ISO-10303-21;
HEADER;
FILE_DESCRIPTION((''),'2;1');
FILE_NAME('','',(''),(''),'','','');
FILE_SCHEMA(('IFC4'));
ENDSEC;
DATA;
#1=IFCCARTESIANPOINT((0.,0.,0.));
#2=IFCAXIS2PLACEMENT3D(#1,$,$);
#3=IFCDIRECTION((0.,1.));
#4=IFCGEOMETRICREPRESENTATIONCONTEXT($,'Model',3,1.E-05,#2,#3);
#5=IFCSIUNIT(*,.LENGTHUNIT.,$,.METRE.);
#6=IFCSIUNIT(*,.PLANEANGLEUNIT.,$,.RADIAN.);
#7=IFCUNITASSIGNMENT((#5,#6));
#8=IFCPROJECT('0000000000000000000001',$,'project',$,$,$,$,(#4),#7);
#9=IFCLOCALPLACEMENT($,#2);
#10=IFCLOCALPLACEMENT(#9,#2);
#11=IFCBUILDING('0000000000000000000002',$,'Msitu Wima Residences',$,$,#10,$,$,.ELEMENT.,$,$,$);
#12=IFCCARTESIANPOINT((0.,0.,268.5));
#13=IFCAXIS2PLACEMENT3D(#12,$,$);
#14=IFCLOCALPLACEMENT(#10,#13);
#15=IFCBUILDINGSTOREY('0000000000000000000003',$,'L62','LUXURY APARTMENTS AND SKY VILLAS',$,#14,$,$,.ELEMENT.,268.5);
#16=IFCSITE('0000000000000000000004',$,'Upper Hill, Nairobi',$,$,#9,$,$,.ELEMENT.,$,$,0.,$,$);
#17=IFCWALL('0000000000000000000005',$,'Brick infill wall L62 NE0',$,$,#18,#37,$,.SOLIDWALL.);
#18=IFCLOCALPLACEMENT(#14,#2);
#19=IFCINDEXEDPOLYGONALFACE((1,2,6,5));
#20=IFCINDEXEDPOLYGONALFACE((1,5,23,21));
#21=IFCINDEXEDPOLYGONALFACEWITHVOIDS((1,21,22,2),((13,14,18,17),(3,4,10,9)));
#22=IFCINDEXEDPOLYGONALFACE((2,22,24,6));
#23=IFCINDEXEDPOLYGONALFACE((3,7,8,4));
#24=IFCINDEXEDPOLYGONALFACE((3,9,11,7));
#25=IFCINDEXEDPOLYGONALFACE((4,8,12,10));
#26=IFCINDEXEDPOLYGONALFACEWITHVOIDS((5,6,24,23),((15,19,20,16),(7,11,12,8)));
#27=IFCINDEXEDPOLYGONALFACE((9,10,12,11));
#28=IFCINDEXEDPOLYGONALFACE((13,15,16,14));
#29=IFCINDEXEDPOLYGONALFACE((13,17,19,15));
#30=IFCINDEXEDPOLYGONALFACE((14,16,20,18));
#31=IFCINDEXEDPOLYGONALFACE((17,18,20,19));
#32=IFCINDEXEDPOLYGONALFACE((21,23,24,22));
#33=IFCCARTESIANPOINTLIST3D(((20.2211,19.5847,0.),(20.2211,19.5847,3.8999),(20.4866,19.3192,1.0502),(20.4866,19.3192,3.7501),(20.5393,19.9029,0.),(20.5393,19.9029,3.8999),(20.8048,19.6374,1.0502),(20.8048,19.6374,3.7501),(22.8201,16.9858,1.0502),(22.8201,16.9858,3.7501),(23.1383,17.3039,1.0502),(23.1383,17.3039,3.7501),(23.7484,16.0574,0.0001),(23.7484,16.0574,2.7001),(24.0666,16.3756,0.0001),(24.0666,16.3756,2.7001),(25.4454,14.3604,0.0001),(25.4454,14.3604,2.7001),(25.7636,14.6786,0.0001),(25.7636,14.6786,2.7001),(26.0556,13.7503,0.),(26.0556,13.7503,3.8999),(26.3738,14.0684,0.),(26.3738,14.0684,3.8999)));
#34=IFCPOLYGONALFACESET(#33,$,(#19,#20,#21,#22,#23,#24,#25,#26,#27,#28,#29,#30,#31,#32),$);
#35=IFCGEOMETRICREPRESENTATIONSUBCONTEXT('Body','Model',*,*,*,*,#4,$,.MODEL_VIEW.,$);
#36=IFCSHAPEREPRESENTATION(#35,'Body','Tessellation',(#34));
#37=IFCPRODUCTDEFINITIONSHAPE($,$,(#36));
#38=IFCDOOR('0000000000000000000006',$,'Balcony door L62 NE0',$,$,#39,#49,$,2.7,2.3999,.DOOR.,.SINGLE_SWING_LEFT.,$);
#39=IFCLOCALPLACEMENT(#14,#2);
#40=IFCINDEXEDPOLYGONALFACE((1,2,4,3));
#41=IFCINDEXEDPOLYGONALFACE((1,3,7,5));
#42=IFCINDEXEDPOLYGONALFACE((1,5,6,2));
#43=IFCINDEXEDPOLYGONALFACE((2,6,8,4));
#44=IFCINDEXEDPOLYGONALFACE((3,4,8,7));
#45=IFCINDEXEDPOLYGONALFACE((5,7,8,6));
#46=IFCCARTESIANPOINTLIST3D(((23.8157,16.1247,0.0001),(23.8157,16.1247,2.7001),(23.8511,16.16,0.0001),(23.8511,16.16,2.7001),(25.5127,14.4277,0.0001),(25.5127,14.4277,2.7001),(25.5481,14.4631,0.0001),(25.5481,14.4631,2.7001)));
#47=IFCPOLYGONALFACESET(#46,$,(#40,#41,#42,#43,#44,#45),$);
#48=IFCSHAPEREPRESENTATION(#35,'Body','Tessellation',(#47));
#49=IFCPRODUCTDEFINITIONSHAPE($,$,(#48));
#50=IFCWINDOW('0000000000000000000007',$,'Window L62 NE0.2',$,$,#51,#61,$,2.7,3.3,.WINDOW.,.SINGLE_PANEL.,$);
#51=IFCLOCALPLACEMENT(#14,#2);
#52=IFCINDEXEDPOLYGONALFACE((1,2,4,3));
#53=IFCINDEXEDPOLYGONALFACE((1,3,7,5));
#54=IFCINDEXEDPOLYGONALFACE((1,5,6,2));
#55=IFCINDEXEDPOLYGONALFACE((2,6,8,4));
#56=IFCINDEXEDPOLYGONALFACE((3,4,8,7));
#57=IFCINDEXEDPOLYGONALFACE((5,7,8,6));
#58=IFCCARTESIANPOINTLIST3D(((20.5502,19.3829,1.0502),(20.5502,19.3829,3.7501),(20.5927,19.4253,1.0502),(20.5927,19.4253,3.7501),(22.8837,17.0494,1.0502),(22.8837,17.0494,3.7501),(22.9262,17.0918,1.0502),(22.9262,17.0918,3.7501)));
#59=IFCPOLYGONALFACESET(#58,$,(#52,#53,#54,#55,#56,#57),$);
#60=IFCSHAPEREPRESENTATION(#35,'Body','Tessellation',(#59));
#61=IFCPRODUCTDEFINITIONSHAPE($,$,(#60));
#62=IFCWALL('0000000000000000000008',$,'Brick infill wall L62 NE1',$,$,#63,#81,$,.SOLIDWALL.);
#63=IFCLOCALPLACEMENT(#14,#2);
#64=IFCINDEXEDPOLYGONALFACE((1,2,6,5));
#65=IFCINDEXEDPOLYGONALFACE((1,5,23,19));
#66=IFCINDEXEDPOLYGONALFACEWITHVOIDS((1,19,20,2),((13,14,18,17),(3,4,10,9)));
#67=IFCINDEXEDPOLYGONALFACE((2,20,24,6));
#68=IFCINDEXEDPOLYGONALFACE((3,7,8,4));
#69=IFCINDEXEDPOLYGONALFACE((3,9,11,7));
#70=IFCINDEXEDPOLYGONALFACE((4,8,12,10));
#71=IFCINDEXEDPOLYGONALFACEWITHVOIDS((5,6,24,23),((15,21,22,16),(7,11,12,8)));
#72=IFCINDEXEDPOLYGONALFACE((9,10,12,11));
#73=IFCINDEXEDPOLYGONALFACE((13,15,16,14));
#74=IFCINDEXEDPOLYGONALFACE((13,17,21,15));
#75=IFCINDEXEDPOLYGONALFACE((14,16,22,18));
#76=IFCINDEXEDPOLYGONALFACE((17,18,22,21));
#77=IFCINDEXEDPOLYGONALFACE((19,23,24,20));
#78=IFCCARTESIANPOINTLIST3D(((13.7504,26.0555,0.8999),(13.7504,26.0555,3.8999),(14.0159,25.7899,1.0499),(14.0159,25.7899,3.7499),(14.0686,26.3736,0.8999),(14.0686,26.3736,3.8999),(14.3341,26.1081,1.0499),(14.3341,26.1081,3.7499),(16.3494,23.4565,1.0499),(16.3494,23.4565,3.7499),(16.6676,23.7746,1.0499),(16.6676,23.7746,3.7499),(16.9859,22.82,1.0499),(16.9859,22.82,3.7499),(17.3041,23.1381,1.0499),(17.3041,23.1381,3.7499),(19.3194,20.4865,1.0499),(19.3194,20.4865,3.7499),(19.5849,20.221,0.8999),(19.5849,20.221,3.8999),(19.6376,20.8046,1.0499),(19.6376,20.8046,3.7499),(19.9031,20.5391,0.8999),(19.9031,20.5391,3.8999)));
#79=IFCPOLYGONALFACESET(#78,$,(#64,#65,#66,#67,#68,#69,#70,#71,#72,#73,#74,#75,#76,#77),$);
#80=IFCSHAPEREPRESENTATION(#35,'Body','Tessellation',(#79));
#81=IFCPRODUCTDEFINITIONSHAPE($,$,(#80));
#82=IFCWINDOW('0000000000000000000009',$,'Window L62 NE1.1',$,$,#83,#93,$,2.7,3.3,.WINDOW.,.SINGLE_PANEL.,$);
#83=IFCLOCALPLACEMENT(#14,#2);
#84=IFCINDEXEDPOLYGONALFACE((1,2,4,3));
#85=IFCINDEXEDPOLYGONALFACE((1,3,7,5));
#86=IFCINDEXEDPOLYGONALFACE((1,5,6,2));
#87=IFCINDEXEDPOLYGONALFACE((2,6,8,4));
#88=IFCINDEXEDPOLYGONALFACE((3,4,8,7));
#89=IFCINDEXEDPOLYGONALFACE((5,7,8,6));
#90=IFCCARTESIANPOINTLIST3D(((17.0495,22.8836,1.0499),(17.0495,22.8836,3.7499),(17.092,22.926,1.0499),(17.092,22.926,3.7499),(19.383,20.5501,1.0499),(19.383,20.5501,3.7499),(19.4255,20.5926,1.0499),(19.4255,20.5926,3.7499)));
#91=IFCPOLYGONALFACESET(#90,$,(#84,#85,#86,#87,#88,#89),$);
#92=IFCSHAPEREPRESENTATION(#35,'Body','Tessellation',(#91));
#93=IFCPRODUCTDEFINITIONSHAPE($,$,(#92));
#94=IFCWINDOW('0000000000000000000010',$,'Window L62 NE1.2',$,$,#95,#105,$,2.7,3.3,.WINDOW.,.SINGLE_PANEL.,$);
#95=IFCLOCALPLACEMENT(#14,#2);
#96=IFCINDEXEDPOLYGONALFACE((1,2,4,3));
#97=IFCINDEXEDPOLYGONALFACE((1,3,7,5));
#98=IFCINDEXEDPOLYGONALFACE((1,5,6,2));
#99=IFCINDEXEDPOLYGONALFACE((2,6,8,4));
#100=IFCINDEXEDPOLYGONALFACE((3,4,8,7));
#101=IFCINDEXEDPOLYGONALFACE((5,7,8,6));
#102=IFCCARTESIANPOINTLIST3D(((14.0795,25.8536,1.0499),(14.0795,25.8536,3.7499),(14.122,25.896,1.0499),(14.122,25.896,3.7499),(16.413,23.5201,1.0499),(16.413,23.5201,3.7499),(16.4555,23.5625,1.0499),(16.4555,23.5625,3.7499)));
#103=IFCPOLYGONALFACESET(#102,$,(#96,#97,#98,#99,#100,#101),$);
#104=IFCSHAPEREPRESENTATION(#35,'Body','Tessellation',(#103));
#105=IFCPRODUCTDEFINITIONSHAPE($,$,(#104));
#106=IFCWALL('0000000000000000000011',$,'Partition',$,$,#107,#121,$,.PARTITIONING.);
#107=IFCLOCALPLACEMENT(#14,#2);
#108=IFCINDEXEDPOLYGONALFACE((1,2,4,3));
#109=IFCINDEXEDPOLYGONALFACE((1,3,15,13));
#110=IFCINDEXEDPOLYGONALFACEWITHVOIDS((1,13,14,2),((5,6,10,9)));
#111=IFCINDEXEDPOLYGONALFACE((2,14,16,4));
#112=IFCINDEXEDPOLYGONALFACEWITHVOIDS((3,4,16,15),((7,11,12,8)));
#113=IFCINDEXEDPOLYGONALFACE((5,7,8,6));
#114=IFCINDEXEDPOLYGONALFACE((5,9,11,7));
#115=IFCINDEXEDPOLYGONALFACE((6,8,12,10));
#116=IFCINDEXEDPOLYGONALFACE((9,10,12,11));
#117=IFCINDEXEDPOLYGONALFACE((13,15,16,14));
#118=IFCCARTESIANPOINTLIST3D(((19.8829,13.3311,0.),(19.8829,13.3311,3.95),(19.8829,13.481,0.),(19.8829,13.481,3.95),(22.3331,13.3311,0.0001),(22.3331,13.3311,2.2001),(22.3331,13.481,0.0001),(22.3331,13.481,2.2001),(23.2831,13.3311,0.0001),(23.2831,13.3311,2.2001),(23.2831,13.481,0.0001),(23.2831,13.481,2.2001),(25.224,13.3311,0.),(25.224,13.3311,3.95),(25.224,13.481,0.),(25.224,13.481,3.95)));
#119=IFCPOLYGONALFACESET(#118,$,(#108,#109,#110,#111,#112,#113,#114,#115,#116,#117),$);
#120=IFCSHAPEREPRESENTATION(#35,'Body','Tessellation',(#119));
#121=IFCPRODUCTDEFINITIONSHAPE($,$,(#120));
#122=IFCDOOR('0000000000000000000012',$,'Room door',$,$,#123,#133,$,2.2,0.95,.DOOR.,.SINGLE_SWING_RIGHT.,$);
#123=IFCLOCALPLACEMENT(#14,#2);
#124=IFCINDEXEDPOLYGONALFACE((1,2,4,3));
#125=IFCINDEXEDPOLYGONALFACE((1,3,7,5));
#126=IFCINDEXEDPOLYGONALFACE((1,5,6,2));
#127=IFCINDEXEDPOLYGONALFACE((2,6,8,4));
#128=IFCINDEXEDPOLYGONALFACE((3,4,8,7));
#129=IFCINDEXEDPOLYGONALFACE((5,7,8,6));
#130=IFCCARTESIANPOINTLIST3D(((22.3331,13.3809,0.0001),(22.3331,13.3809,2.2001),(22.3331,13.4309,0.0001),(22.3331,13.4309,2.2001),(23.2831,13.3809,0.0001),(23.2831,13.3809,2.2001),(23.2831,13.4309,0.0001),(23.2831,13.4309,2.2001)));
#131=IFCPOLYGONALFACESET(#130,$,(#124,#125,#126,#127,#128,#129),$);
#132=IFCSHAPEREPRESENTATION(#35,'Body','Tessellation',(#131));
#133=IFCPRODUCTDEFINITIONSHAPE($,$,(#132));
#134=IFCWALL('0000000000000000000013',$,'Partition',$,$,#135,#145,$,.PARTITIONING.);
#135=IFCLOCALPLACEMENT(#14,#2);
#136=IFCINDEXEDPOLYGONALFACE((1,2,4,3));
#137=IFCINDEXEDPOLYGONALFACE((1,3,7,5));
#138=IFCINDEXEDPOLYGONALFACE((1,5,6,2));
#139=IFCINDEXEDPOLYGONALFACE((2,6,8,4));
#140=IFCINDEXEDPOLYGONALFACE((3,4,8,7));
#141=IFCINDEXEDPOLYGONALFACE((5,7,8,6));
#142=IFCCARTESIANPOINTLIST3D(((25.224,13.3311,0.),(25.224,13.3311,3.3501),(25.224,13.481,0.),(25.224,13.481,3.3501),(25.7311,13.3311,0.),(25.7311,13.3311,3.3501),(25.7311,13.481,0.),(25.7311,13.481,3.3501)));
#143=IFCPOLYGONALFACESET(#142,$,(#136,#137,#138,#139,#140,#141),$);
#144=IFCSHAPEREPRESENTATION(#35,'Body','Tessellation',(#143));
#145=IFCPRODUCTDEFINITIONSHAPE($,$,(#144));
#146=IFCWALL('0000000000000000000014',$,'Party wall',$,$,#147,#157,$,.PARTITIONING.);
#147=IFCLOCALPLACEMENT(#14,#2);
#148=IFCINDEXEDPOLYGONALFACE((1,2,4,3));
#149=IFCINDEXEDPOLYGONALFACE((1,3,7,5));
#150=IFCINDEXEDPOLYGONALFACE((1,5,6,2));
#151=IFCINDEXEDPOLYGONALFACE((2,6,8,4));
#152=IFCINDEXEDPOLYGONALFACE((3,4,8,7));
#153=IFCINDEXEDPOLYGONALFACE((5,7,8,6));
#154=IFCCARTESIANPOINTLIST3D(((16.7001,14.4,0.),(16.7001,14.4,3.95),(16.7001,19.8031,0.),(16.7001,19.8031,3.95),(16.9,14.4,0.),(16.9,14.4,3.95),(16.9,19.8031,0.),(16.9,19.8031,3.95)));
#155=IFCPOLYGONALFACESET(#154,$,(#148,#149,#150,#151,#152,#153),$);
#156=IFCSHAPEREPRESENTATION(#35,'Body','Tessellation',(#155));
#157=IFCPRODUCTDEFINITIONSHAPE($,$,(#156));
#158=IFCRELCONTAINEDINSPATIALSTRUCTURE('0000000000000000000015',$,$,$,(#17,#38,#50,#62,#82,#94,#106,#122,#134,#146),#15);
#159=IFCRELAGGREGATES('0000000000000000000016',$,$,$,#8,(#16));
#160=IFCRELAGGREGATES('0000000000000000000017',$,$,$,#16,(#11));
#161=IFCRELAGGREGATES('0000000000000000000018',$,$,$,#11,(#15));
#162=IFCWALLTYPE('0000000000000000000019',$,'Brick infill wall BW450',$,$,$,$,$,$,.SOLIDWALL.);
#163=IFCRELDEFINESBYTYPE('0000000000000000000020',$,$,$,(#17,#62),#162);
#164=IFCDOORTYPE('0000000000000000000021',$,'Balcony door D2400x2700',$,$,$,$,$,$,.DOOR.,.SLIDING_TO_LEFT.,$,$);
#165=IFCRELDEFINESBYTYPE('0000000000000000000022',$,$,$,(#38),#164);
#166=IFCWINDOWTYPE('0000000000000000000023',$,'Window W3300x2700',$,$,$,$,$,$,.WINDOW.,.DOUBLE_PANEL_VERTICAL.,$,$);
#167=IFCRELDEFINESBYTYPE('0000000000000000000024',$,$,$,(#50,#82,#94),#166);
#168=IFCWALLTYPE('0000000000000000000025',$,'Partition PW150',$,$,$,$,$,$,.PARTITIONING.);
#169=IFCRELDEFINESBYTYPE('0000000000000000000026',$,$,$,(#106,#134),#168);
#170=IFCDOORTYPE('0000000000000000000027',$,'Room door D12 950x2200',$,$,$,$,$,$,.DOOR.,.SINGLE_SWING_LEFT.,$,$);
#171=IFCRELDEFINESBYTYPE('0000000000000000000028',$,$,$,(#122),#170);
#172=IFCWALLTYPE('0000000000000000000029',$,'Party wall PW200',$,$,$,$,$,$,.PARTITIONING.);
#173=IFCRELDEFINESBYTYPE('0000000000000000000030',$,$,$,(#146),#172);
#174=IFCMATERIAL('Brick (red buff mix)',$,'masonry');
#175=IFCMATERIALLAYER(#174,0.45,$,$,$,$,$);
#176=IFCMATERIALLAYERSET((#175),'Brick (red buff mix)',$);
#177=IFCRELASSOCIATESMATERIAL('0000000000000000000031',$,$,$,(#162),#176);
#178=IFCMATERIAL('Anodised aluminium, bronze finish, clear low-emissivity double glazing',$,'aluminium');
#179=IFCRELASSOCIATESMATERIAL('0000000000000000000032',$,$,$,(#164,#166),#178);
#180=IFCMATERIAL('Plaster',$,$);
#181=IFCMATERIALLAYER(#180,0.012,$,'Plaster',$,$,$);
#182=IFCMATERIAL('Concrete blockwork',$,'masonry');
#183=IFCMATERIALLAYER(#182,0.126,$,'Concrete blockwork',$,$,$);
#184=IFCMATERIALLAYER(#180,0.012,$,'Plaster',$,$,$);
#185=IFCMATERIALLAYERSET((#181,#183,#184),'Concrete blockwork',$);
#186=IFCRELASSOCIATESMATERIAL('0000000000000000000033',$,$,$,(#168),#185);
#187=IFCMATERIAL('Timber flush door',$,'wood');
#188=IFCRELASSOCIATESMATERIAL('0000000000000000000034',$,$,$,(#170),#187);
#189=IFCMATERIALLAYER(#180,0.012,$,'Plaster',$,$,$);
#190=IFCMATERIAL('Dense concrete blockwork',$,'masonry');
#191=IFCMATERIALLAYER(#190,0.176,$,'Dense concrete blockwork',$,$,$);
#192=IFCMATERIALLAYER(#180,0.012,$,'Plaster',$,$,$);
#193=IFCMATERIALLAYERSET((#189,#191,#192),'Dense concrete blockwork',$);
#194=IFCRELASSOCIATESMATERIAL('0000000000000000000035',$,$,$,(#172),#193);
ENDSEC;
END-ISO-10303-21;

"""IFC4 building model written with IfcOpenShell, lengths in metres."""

from ifc_helpers import new_model, si_unit, direction, frame, frame_2d, origin, place, context, subcontext, project, spatial, rectangle, extrude, material, layer, layer_set, type_object, element, fill, save


model = new_model("IFC4")

# Units and contexts
model_context = context("Model", 3, precision=1e-05, world=origin(), true_north=direction((0.0, 1.0)))
body_context = subcontext(model_context, "Body", "Model", "MODEL_VIEW")
ifc_project = project(units=[si_unit("LENGTHUNIT", "METRE"), si_unit("PLANEANGLEUNIT", "RADIAN")], contexts=[model_context])

# Site, building, storey
site_placement = place(None, origin())
site = spatial("IfcSite", under=ifc_project, at=site_placement, Name="Upper Hill, Nairobi", CompositionType="ELEMENT", RefElevation=0.0)
building_placement = place(site_placement, origin())
building = spatial("IfcBuilding", under=site, at=building_placement, Name="Msitu Wima Residences", CompositionType="ELEMENT")
storey_placement = place(building_placement, frame((0.0, 0.0, 268.5)))
storey = spatial("IfcBuildingStorey", under=building, at=storey_placement, Name="L62", Description="LUXURY APARTMENTS AND SKY VILLAS", CompositionType="ELEMENT", Elevation=268.5)

# Wall, openings, door, window
ifc_material_1 = material(Name="Brick (red buff mix)", Category="masonry")
ifc_layer_1 = layer(ifc_material_1, 0.45)
ifc_layer_set_1 = layer_set([ifc_layer_1], Name="Brick (red buff mix)")
wall_type_1 = type_object("IfcWallType", Name="Brick infill wall BW450", PredefinedType="SOLIDWALL", material=ifc_layer_set_1)
wall_1_placement = place(storey_placement, frame((26.2146, 13.9094, 0.0), z_axis=(0.0, 0.0, 1.0), x_axis=(-0.707107, 0.707107, 0.0)))
wall_1 = element("IfcWall", 1, at=wall_1_placement, inside=storey, type_object=wall_type_1, Name="Brick infill wall L62 NE0", PredefinedType="SOLIDWALL", context=body_context, shape_type="SweptSolid", body=[
    extrude(rectangle(XDim=8.2512, YDim=0.45, at=frame_2d((4.1255, 0.0))), origin(), (0.0, 0.0, 1.0), 3.8999),
])
opening_1_placement = place(wall_1_placement, frame((0.8628, 0.0, 0.0)))
opening_1 = element("IfcOpeningElement", 2, at=opening_1_placement, cuts=wall_1, PredefinedType="OPENING", context=body_context, shape_type="SweptSolid", body=[
    extrude(rectangle(XDim=2.3999, YDim=2.7, at=frame_2d((1.2, 1.3501))), frame((0.0, 0.2349, 0.0), z_axis=(0.0, -1.0, 0.0), x_axis=(1.0, 0.0, 0.0)), (0.0, 0.0, 1.0), 0.47),
])
opening_2_placement = place(wall_1_placement, frame((4.5757, 0.0, 1.05)))
opening_2 = element("IfcOpeningElement", 3, at=opening_2_placement, cuts=wall_1, PredefinedType="OPENING", context=body_context, shape_type="SweptSolid", body=[
    extrude(rectangle(XDim=3.3, YDim=2.7, at=frame_2d((1.6499, 1.3501))), frame((0.0, 0.2349, 0.0), z_axis=(0.0, -1.0, 0.0), x_axis=(1.0, 0.0, 0.0)), (0.0, 0.0, 1.0), 0.47),
])
ifc_material_2 = material(Name="Anodised aluminium, bronze finish, clear low-emissivity double glazing", Category="aluminium")
door_type_1 = type_object("IfcDoorType", Name="Balcony door D2400x2700", OperationType="SLIDING_TO_LEFT", PredefinedType="DOOR", material=ifc_material_2)
door_1_placement = place(opening_1_placement, origin())
door_1 = element("IfcDoor", 4, at=door_1_placement, inside=storey, type_object=door_type_1, Name="Balcony door L62 NE0", OperationType="SINGLE_SWING_LEFT", OverallHeight=2.7, OverallWidth=2.3999, PredefinedType="DOOR", context=body_context, shape_type="SweptSolid", body=[
    extrude(rectangle(XDim=2.3999, YDim=2.7, at=frame_2d((1.2, 1.3501))), frame((0.0, 0.1299, 0.0), z_axis=(0.0, -1.0, 0.0), x_axis=(1.0, 0.0, 0.0)), (0.0, 0.0, 1.0), 0.05),
])
fill(opening_1, door_1)
window_type = type_object("IfcWindowType", Name="Window W3300x2700", PartitioningType="DOUBLE_PANEL_VERTICAL", PredefinedType="WINDOW", material=ifc_material_2)
window_1_placement = place(opening_2_placement, origin())
window_1 = element("IfcWindow", 5, at=window_1_placement, inside=storey, type_object=window_type, Name="Window L62 NE0.2", OverallHeight=2.7, OverallWidth=3.3, PartitioningType="SINGLE_PANEL", PredefinedType="WINDOW", context=body_context, shape_type="SweptSolid", body=[
    extrude(rectangle(XDim=3.3, YDim=2.7, at=frame_2d((1.6499, 1.3501))), frame((0.0, 0.135, 0.0), z_axis=(0.0, -1.0, 0.0), x_axis=(1.0, 0.0, 0.0)), (0.0, 0.0, 1.0), 0.0601),
])
fill(opening_2, window_1)

# Wall, openings, windows
wall_2_placement = place(storey_placement, frame((19.7439, 20.3801, 0.8999), z_axis=(0.0, 0.0, 1.0), x_axis=(-0.707107, 0.707107, 0.0)))
wall_2 = element("IfcWall", 6, at=wall_2_placement, inside=storey, type_object=wall_type_1, Name="Brick infill wall L62 NE1", PredefinedType="SOLIDWALL", context=body_context, shape_type="SweptSolid", body=[
    extrude(rectangle(XDim=8.2512, YDim=0.45, at=frame_2d((4.1255, 0.0))), origin(), (0.0, 0.0, 1.0), 3.0),
])
opening_3_placement = place(wall_2_placement, frame((0.3755, 0.0, 0.1499)))
opening_3 = element("IfcOpeningElement", 7, at=opening_3_placement, cuts=wall_2, PredefinedType="OPENING", context=body_context, shape_type="SweptSolid", body=[
    extrude(rectangle(XDim=3.3, YDim=2.7, at=frame_2d((1.6499, 1.3501))), frame((0.0, 0.2349, 0.0), z_axis=(0.0, -1.0, 0.0), x_axis=(1.0, 0.0, 0.0)), (0.0, 0.0, 1.0), 0.47),
])
opening_4_placement = place(wall_2_placement, frame((4.5757, 0.0, 0.1499)))
opening_4 = element("IfcOpeningElement", 8, at=opening_4_placement, cuts=wall_2, PredefinedType="OPENING", context=body_context, shape_type="SweptSolid", body=[
    extrude(rectangle(XDim=3.3, YDim=2.7, at=frame_2d((1.6499, 1.3501))), frame((0.0, 0.2349, 0.0), z_axis=(0.0, -1.0, 0.0), x_axis=(1.0, 0.0, 0.0)), (0.0, 0.0, 1.0), 0.47),
])
window_2_placement = place(opening_3_placement, origin())
window_2 = element("IfcWindow", 9, at=window_2_placement, inside=storey, type_object=window_type, Name="Window L62 NE1.1", OverallHeight=2.7, OverallWidth=3.3, PartitioningType="SINGLE_PANEL", PredefinedType="WINDOW", context=body_context, shape_type="SweptSolid", body=[
    extrude(rectangle(XDim=3.3, YDim=2.7, at=frame_2d((1.6499, 1.3501))), frame((0.0, 0.135, 0.0), z_axis=(0.0, -1.0, 0.0), x_axis=(1.0, 0.0, 0.0)), (0.0, 0.0, 1.0), 0.0601),
])
fill(opening_3, window_2)
window_3_placement = place(opening_4_placement, origin())
window_3 = element("IfcWindow", 10, at=window_3_placement, inside=storey, type_object=window_type, Name="Window L62 NE1.2", OverallHeight=2.7, OverallWidth=3.3, PartitioningType="SINGLE_PANEL", PredefinedType="WINDOW", context=body_context, shape_type="SweptSolid", body=[
    extrude(rectangle(XDim=3.3, YDim=2.7, at=frame_2d((1.6499, 1.3501))), frame((0.0, 0.135, 0.0), z_axis=(0.0, -1.0, 0.0), x_axis=(1.0, 0.0, 0.0)), (0.0, 0.0, 1.0), 0.0601),
])
fill(opening_4, window_3)

# Wall, opening, door
ifc_material_3 = material(Name="Plaster")
ifc_layer_2 = layer(ifc_material_3, 0.012, Name="Plaster")
ifc_material_4 = material(Name="Concrete blockwork", Category="masonry")
ifc_layer_3 = layer(ifc_material_4, 0.126, Name="Concrete blockwork")
ifc_layer_4 = layer(ifc_material_3, 0.012, Name="Plaster")
ifc_layer_set_2 = layer_set([ifc_layer_2, ifc_layer_3, ifc_layer_4], Name="Concrete blockwork")
wall_type_2 = type_object("IfcWallType", Name="Partition PW150", PredefinedType="PARTITIONING", material=ifc_layer_set_2)
wall_3_placement = place(storey_placement, frame((19.8831, 13.406, 0.0), z_axis=(0.0, 0.0, 1.0), x_axis=(1.0, 0.0, 0.0)))
wall_3 = element("IfcWall", 11, at=wall_3_placement, inside=storey, type_object=wall_type_2, Name="Partition", PredefinedType="PARTITIONING", context=body_context, shape_type="SweptSolid", body=[
    extrude(rectangle(XDim=5.3411, YDim=0.1499, at=frame_2d((2.6704, 0.0))), origin(), (0.0, 0.0, 1.0), 3.95),
])
opening_5_placement = place(wall_3_placement, frame((2.45, 0.0, 0.0)))
opening_5 = element("IfcOpeningElement", 12, at=opening_5_placement, cuts=wall_3, PredefinedType="OPENING", context=body_context, shape_type="SweptSolid", body=[
    extrude(rectangle(XDim=0.95, YDim=2.2, at=frame_2d((0.4751, 1.1001))), frame((0.0, 0.085, 0.0), z_axis=(0.0, -1.0, 0.0), x_axis=(1.0, 0.0, 0.0)), (0.0, 0.0, 1.0), 0.1699),
])
ifc_material_5 = material(Name="Timber flush door", Category="wood")
door_type_2 = type_object("IfcDoorType", Name="Room door D12 950x2200", OperationType="SINGLE_SWING_LEFT", PredefinedType="DOOR", material=ifc_material_5)
door_2_placement = place(opening_5_placement, origin())
door_2 = element("IfcDoor", 13, at=door_2_placement, inside=storey, type_object=door_type_2, Name="Room door", OperationType="SINGLE_SWING_RIGHT", OverallHeight=2.2, OverallWidth=0.95, PredefinedType="DOOR", context=body_context, shape_type="SweptSolid", body=[
    extrude(rectangle(XDim=0.95, YDim=2.2, at=frame_2d((0.4751, 1.1001))), frame((0.0, 0.0249, 0.0), z_axis=(0.0, -1.0, 0.0), x_axis=(1.0, 0.0, 0.0)), (0.0, 0.0, 1.0), 0.05),
])
fill(opening_5, door_2)

# Walls
wall_4_placement = place(storey_placement, frame((25.2241, 13.406, 0.0), z_axis=(0.0, 0.0, 1.0), x_axis=(1.0, 0.0, 0.0)))
element("IfcWall", 14, at=wall_4_placement, inside=storey, type_object=wall_type_2, Name="Partition", PredefinedType="PARTITIONING", context=body_context, shape_type="SweptSolid", body=[
    extrude(rectangle(XDim=0.5071, YDim=0.1499, at=frame_2d((0.2534, 0.0))), origin(), (0.0, 0.0, 1.0), 3.3501),
])
ifc_layer_5 = layer(ifc_material_3, 0.012, Name="Plaster")
ifc_material_6 = material(Name="Dense concrete blockwork", Category="masonry")
ifc_layer_6 = layer(ifc_material_6, 0.176, Name="Dense concrete blockwork")
ifc_layer_7 = layer(ifc_material_3, 0.012, Name="Plaster")
ifc_layer_set_3 = layer_set([ifc_layer_5, ifc_layer_6, ifc_layer_7], Name="Dense concrete blockwork")
wall_type_3 = type_object("IfcWallType", Name="Party wall PW200", PredefinedType="PARTITIONING", material=ifc_layer_set_3)
wall_5_placement = place(storey_placement, frame((16.8, 14.3999, 0.0), z_axis=(0.0, 0.0, 1.0), x_axis=(0.0, 1.0, 0.0)))
element("IfcWall", 15, at=wall_5_placement, inside=storey, type_object=wall_type_3, Name="Party wall", PredefinedType="PARTITIONING", context=body_context, shape_type="SweptSolid", body=[
    extrude(rectangle(XDim=5.4031, YDim=0.2, at=frame_2d((2.7017, 0.0))), origin(), (0.0, 0.0, 1.0), 3.95),
])

save(model, "model.ifc")
